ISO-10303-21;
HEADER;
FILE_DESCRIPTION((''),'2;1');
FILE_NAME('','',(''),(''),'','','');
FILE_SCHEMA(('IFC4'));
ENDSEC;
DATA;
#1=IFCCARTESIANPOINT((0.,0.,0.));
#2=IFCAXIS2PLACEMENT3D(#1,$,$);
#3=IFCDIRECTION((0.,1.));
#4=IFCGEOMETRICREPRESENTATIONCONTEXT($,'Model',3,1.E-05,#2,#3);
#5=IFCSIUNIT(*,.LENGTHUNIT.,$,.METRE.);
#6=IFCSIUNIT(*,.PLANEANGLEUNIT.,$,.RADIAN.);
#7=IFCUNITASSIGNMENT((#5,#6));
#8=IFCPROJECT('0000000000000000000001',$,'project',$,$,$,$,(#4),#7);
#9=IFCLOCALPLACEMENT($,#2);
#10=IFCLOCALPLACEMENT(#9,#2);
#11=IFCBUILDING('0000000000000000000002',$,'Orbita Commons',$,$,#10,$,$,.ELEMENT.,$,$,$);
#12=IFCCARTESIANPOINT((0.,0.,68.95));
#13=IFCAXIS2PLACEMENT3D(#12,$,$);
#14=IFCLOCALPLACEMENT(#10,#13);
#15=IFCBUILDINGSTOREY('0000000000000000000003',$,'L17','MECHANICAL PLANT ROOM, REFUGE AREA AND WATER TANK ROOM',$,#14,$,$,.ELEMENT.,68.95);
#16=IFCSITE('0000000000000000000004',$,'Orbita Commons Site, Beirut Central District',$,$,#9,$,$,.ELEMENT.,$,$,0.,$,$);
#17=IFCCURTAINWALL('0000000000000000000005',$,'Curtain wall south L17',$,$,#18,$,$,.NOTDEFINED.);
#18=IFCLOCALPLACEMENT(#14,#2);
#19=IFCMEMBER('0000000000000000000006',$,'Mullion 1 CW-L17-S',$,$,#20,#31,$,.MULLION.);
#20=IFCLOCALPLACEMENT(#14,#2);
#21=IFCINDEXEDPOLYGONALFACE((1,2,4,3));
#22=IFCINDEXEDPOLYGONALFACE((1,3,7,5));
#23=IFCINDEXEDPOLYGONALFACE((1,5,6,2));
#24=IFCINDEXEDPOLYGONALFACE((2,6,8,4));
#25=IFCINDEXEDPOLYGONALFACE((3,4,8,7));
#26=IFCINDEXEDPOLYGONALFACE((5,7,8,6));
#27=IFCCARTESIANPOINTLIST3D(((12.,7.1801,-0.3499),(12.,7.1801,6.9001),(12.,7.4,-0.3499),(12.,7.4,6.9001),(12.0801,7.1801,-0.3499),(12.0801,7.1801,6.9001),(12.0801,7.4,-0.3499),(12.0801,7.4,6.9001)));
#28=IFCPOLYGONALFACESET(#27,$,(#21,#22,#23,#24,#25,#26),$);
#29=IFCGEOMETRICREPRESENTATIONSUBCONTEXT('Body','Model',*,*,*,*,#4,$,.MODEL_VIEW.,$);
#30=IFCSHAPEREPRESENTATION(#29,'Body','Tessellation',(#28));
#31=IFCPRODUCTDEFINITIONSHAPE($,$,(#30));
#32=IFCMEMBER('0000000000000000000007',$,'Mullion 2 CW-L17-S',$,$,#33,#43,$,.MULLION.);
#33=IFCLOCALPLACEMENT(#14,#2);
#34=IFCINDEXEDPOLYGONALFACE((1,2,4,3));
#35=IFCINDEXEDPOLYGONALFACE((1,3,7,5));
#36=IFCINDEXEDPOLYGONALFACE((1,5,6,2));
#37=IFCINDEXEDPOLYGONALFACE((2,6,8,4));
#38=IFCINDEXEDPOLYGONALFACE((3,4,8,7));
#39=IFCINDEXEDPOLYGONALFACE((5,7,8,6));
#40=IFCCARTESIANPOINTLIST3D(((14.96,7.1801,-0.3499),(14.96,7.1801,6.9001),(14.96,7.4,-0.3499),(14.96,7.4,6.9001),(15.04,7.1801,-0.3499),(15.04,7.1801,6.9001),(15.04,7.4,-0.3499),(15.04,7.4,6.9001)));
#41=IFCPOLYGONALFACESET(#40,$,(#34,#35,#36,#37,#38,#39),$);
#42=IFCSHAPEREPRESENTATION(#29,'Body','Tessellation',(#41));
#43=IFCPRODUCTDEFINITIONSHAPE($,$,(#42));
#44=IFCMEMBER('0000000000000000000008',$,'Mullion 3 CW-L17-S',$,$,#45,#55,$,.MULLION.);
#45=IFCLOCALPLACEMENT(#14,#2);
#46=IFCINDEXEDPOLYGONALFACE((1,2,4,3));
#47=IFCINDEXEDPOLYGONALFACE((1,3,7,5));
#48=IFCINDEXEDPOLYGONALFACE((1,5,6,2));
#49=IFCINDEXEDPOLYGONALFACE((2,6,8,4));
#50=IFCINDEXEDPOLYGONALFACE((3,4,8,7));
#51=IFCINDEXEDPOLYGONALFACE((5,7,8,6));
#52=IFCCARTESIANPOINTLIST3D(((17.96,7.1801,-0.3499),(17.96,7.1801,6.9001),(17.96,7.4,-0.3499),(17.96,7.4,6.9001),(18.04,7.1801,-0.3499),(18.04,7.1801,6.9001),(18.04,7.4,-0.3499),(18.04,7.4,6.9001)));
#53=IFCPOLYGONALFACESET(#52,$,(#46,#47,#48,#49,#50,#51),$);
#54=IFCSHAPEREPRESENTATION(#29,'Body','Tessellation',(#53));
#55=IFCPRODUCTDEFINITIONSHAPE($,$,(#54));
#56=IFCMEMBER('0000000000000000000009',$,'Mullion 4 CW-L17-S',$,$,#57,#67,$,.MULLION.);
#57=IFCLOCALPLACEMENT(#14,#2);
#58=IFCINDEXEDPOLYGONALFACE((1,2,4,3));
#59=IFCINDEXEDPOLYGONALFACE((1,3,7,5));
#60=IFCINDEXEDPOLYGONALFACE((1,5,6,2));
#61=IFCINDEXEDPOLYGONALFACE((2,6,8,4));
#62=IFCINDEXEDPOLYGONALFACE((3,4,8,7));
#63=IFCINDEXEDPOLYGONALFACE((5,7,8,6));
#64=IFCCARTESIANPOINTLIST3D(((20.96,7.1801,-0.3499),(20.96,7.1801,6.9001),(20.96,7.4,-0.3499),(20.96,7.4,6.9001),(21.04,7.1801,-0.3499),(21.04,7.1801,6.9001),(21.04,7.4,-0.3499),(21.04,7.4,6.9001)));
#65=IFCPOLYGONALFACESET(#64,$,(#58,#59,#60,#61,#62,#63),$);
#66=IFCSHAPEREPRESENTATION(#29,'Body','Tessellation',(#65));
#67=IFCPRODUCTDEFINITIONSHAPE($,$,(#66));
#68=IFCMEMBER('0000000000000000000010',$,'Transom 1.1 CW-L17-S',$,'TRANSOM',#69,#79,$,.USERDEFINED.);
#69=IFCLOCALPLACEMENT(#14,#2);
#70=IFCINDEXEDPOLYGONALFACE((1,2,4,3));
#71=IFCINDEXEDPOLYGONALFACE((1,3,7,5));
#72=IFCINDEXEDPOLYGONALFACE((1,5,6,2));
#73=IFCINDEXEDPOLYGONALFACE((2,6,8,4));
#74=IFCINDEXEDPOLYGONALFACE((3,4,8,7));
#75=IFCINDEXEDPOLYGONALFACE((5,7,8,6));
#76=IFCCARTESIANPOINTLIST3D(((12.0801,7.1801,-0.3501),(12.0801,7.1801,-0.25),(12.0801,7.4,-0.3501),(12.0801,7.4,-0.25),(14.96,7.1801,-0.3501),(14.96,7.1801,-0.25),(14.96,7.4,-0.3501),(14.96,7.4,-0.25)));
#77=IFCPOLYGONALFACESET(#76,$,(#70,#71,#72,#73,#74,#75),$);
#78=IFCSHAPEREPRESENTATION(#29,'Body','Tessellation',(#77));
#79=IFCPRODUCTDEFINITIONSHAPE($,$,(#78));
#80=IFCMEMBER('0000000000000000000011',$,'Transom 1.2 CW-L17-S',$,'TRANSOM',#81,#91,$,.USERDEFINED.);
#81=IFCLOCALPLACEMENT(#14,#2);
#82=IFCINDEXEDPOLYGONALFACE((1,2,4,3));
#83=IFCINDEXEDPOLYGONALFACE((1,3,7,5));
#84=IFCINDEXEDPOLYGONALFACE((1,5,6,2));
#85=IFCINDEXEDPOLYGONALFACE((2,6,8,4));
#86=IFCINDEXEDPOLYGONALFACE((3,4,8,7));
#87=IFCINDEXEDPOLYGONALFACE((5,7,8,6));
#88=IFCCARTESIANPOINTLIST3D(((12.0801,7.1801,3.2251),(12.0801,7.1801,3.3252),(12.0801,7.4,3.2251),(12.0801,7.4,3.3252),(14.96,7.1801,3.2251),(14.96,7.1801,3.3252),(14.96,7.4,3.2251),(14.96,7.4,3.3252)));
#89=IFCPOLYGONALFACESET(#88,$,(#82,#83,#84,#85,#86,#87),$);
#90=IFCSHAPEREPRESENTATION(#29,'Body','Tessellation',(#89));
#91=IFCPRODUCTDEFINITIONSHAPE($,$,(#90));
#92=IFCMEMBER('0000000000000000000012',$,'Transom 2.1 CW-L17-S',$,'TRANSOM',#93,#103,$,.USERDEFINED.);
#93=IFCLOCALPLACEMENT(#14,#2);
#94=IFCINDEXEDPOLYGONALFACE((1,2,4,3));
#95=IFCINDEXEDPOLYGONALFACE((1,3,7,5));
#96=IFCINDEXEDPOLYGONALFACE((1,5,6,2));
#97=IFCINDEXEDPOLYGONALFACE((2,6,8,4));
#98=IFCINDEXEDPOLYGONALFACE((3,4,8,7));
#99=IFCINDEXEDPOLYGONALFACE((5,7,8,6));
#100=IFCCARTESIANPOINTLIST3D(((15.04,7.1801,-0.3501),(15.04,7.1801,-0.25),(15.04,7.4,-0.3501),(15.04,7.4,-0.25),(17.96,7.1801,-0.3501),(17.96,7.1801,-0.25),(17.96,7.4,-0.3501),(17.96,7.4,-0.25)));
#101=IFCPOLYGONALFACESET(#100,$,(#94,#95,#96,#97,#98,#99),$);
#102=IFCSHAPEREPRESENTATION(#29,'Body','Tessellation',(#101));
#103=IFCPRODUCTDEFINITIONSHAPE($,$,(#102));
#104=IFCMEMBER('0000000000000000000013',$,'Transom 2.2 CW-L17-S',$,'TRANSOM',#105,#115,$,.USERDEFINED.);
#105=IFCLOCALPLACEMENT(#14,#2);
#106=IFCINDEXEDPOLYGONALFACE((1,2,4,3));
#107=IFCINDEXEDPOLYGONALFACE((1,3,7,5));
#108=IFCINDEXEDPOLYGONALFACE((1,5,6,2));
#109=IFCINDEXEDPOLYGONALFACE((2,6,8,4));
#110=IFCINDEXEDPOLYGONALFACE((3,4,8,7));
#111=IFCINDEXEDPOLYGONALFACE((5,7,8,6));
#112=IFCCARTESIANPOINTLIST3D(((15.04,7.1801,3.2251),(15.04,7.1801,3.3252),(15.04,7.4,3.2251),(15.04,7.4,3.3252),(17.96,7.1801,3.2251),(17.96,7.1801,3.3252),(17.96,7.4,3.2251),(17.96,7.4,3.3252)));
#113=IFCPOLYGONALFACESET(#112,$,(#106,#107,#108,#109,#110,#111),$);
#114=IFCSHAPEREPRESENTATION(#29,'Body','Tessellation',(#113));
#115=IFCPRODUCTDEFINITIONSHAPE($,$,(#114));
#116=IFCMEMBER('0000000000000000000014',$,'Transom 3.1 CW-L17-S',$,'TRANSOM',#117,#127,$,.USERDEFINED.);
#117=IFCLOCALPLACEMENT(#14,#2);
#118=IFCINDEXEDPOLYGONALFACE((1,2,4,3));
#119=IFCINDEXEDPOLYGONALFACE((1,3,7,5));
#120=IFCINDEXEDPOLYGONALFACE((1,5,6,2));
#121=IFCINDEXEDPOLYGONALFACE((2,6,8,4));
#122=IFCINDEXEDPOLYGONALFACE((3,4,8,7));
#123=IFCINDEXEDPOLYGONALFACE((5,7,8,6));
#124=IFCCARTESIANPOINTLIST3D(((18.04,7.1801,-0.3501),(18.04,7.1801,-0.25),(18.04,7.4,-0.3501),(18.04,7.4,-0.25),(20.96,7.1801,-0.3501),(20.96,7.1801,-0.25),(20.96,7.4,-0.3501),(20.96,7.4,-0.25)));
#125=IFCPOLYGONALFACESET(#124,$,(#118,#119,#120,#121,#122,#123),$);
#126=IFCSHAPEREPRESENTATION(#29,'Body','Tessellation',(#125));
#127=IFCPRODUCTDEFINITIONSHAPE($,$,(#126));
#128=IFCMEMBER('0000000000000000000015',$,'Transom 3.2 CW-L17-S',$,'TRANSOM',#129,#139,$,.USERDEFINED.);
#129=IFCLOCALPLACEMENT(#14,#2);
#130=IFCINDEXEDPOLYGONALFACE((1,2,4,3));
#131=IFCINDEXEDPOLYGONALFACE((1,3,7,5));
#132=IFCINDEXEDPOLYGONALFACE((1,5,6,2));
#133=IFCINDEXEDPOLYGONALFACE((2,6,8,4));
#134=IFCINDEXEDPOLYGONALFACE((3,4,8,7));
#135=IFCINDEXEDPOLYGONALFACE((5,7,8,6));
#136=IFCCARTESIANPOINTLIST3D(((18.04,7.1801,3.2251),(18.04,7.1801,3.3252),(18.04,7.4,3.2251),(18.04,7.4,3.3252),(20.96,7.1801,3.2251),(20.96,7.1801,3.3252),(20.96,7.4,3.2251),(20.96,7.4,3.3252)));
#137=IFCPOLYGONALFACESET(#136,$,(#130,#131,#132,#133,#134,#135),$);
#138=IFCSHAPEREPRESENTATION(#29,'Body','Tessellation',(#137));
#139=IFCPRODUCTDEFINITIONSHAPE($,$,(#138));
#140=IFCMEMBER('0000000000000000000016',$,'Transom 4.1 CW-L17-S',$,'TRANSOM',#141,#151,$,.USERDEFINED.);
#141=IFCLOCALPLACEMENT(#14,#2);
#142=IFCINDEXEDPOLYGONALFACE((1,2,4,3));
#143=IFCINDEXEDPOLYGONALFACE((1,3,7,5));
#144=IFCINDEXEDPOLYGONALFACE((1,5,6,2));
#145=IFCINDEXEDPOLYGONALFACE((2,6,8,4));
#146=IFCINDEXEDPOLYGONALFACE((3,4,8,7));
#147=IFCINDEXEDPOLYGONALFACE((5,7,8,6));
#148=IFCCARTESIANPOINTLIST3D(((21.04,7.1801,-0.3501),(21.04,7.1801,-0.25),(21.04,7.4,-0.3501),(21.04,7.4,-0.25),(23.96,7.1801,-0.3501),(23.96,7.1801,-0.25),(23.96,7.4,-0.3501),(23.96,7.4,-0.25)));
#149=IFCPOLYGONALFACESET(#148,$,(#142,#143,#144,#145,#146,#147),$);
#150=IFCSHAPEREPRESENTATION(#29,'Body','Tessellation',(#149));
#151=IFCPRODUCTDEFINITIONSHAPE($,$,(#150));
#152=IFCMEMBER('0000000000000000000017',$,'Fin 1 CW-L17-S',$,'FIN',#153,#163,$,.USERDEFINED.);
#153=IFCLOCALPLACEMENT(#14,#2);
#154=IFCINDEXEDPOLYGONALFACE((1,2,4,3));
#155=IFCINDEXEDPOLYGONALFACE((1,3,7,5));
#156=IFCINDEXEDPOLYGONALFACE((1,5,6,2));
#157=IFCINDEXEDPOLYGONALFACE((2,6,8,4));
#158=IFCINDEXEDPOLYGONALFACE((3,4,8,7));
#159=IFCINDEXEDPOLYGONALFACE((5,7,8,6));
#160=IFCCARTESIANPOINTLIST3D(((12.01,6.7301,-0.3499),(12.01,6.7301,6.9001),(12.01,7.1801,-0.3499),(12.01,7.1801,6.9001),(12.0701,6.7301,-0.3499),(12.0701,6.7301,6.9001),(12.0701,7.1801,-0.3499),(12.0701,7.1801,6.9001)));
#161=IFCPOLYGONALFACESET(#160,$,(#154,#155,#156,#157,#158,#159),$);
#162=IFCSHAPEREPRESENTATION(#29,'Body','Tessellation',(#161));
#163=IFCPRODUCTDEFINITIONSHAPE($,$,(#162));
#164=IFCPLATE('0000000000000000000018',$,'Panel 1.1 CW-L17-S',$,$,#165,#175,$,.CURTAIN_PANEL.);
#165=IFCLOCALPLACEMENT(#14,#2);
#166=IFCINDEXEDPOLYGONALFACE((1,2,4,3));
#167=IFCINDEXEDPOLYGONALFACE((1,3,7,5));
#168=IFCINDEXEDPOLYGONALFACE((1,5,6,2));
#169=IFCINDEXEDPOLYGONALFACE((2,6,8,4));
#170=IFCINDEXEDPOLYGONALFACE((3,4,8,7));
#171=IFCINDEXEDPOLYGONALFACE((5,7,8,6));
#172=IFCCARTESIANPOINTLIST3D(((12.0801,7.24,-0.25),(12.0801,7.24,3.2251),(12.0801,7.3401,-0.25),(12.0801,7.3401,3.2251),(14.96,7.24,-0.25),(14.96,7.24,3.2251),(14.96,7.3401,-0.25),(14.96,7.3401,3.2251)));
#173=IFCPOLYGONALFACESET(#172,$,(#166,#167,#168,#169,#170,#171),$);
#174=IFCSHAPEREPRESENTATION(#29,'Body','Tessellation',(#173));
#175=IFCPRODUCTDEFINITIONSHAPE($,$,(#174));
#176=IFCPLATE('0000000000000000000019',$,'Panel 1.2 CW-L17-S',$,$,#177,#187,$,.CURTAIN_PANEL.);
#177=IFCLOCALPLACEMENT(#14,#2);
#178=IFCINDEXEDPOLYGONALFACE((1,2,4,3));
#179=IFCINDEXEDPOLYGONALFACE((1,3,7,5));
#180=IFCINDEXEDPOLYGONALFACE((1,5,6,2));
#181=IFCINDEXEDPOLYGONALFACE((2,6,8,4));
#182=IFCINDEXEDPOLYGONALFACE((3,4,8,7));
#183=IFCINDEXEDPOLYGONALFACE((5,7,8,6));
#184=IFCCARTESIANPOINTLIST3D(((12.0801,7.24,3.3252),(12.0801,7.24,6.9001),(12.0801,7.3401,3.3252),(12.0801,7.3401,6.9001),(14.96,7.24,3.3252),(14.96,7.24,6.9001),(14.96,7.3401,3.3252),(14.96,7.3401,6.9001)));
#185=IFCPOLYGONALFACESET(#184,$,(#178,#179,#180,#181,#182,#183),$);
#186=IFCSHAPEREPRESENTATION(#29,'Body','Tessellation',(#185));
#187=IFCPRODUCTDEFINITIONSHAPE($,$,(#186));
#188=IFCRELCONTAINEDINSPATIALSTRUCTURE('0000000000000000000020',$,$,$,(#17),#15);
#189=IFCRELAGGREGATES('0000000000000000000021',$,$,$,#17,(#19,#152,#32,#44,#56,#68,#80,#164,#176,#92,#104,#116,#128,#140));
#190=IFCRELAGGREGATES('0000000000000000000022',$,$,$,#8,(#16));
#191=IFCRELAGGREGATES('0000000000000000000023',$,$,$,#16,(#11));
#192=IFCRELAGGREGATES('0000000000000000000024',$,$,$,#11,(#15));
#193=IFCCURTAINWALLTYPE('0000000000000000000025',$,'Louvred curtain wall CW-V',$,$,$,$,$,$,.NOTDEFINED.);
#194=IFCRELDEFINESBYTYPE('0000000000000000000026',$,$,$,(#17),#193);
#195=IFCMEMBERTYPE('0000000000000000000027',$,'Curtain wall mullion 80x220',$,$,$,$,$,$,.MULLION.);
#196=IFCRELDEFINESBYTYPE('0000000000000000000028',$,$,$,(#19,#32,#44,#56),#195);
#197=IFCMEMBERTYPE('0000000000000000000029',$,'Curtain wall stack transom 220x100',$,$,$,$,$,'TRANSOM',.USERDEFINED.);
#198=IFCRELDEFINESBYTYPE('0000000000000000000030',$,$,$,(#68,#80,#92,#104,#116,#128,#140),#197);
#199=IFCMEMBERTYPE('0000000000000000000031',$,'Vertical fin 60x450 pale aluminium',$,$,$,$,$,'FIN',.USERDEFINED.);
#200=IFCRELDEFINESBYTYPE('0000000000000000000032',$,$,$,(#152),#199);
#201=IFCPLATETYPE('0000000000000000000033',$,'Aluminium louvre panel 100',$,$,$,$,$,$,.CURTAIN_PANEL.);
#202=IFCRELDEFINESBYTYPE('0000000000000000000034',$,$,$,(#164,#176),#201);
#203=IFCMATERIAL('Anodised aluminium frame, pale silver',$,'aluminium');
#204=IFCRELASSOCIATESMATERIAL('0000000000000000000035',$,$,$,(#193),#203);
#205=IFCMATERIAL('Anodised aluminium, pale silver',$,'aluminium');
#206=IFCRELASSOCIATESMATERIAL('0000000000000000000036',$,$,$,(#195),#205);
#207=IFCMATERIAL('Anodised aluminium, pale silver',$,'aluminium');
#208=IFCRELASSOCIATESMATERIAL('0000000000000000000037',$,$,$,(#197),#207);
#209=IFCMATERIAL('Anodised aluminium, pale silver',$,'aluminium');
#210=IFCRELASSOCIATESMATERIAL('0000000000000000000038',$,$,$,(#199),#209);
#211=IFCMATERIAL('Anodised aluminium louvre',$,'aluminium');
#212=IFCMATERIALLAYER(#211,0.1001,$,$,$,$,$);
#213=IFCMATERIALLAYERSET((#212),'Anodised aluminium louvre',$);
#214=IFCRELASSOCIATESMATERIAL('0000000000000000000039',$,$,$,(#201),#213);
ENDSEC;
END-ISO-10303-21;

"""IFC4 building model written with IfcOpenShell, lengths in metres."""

from ifc_helpers import new_model, si_unit, direction, frame, origin, origin_2d, place, context, subcontext, project, spatial, rectangle, extrude, material, layer, layer_set, material_profile, profile_set, type_object, element, aggregate, save


model = new_model("IFC4")

# Units and contexts
model_context = context("Model", 3, precision=1e-05, world=origin(), true_north=direction((0.0, 1.0)))
body_context = subcontext(model_context, "Body", "Model", "MODEL_VIEW")
ifc_project = project(units=[si_unit("LENGTHUNIT", "METRE"), si_unit("PLANEANGLEUNIT", "RADIAN")], contexts=[model_context])

# Site, building, storey
site_placement = place(None, origin())
site = spatial("IfcSite", under=ifc_project, at=site_placement, Name="Orbita Commons Site, Beirut Central District", CompositionType="ELEMENT", RefElevation=0.0)
building_placement = place(site_placement, origin())
building = spatial("IfcBuilding", under=site, at=building_placement, Name="Orbita Commons", CompositionType="ELEMENT")
storey_placement = place(building_placement, frame((0.0, 0.0, 68.95)))
storey = spatial("IfcBuildingStorey", under=building, at=storey_placement, Name="L17", Description="MECHANICAL PLANT ROOM, REFUGE AREA AND WATER TANK ROOM", CompositionType="ELEMENT", Elevation=68.95)

# Curtain wall, members, plates
ifc_material_1 = material(Name="Anodised aluminium frame, pale silver", Category="aluminium")
curtain_wall_type = type_object("IfcCurtainWallType", Name="Louvred curtain wall CW-V", PredefinedType="NOTDEFINED", material=ifc_material_1)
curtain_wall_placement = place(storey_placement, origin())
curtain_wall = element("IfcCurtainWall", 1, at=curtain_wall_placement, inside=storey, type_object=curtain_wall_type, Name="Curtain wall south L17", PredefinedType="NOTDEFINED")
ifc_material_2 = material(Name="Anodised aluminium, pale silver", Category="aluminium")
ifc_material_profile_1 = material_profile(ifc_material_2, rectangle(XDim=0.0801, YDim=0.22, at=origin_2d()), Name="AL 80x220")
ifc_profile_set_1 = profile_set([ifc_material_profile_1], Name="Anodised aluminium, pale silver")
member_type_1 = type_object("IfcMemberType", Name="Curtain wall mullion 80x220", PredefinedType="MULLION", material=ifc_profile_set_1)
member_1_placement = place(storey_placement, frame((12.04, 7.29, -0.3499), z_axis=(0.0, 0.0, 1.0), x_axis=(1.0, 0.0, 0.0)))
member_1 = element("IfcMember", 2, at=member_1_placement, type_object=member_type_1, Name="Mullion 1 CW-L17-S", PredefinedType="MULLION", context=body_context, shape_type="SweptSolid", body=[
    extrude(rectangle(XDim=0.0801, YDim=0.22, at=origin_2d()), origin(), (0.0, 0.0, 1.0), 7.25),
])
member_2_placement = place(storey_placement, frame((15.0, 7.29, -0.3499), z_axis=(0.0, 0.0, 1.0), x_axis=(1.0, 0.0, 0.0)))
member_2 = element("IfcMember", 3, at=member_2_placement, type_object=member_type_1, Name="Mullion 2 CW-L17-S", PredefinedType="MULLION", context=body_context, shape_type="SweptSolid", body=[
    extrude(rectangle(XDim=0.0801, YDim=0.22, at=origin_2d()), origin(), (0.0, 0.0, 1.0), 7.25),
])
member_3_placement = place(storey_placement, frame((18.0, 7.29, -0.3499), z_axis=(0.0, 0.0, 1.0), x_axis=(1.0, 0.0, 0.0)))
member_3 = element("IfcMember", 4, at=member_3_placement, type_object=member_type_1, Name="Mullion 3 CW-L17-S", PredefinedType="MULLION", context=body_context, shape_type="SweptSolid", body=[
    extrude(rectangle(XDim=0.0801, YDim=0.22, at=origin_2d()), origin(), (0.0, 0.0, 1.0), 7.25),
])
member_4_placement = place(storey_placement, frame((21.0, 7.29, -0.3499), z_axis=(0.0, 0.0, 1.0), x_axis=(1.0, 0.0, 0.0)))
member_4 = element("IfcMember", 5, at=member_4_placement, type_object=member_type_1, Name="Mullion 4 CW-L17-S", PredefinedType="MULLION", context=body_context, shape_type="SweptSolid", body=[
    extrude(rectangle(XDim=0.0801, YDim=0.22, at=origin_2d()), origin(), (0.0, 0.0, 1.0), 7.25),
])
ifc_material_3 = material(Name="Anodised aluminium, pale silver", Category="aluminium")
ifc_material_profile_2 = material_profile(ifc_material_3, rectangle(XDim=0.22, YDim=0.1001, at=origin_2d()), Name="AL 220x100")
ifc_profile_set_2 = profile_set([ifc_material_profile_2], Name="Anodised aluminium, pale silver")
member_type_2 = type_object("IfcMemberType", Name="Curtain wall stack transom 220x100", ElementType="TRANSOM", PredefinedType="USERDEFINED", material=ifc_profile_set_2)
member_5_placement = place(storey_placement, frame((12.0801, 7.29, -0.3), z_axis=(1.0, 0.0, 0.0), x_axis=(0.0, 1.0, 0.0)))
member_5 = element("IfcMember", 6, at=member_5_placement, type_object=member_type_2, Name="Transom 1.1 CW-L17-S", ObjectType="TRANSOM", PredefinedType="USERDEFINED", context=body_context, shape_type="SweptSolid", body=[
    extrude(rectangle(XDim=0.22, YDim=0.1001, at=origin_2d()), origin(), (0.0, 0.0, 1.0), 2.8799),
])
member_6_placement = place(storey_placement, frame((12.0801, 7.29, 3.2751), z_axis=(1.0, 0.0, 0.0), x_axis=(0.0, 1.0, 0.0)))
member_6 = element("IfcMember", 7, at=member_6_placement, type_object=member_type_2, Name="Transom 1.2 CW-L17-S", ObjectType="TRANSOM", PredefinedType="USERDEFINED", context=body_context, shape_type="SweptSolid", body=[
    extrude(rectangle(XDim=0.22, YDim=0.1001, at=origin_2d()), origin(), (0.0, 0.0, 1.0), 2.8799),
])
member_7_placement = place(storey_placement, frame((15.04, 7.29, -0.3), z_axis=(1.0, 0.0, 0.0), x_axis=(0.0, 1.0, 0.0)))
member_7 = element("IfcMember", 8, at=member_7_placement, type_object=member_type_2, Name="Transom 2.1 CW-L17-S", ObjectType="TRANSOM", PredefinedType="USERDEFINED", context=body_context, shape_type="SweptSolid", body=[
    extrude(rectangle(XDim=0.22, YDim=0.1001, at=origin_2d()), origin(), (0.0, 0.0, 1.0), 2.9199),
])
member_8_placement = place(storey_placement, frame((15.04, 7.29, 3.2751), z_axis=(1.0, 0.0, 0.0), x_axis=(0.0, 1.0, 0.0)))
member_8 = element("IfcMember", 9, at=member_8_placement, type_object=member_type_2, Name="Transom 2.2 CW-L17-S", ObjectType="TRANSOM", PredefinedType="USERDEFINED", context=body_context, shape_type="SweptSolid", body=[
    extrude(rectangle(XDim=0.22, YDim=0.1001, at=origin_2d()), origin(), (0.0, 0.0, 1.0), 2.9199),
])
member_9_placement = place(storey_placement, frame((18.04, 7.29, -0.3), z_axis=(1.0, 0.0, 0.0), x_axis=(0.0, 1.0, 0.0)))
member_9 = element("IfcMember", 10, at=member_9_placement, type_object=member_type_2, Name="Transom 3.1 CW-L17-S", ObjectType="TRANSOM", PredefinedType="USERDEFINED", context=body_context, shape_type="SweptSolid", body=[
    extrude(rectangle(XDim=0.22, YDim=0.1001, at=origin_2d()), origin(), (0.0, 0.0, 1.0), 2.9199),
])
member_10_placement = place(storey_placement, frame((18.04, 7.29, 3.2751), z_axis=(1.0, 0.0, 0.0), x_axis=(0.0, 1.0, 0.0)))
member_10 = element("IfcMember", 11, at=member_10_placement, type_object=member_type_2, Name="Transom 3.2 CW-L17-S", ObjectType="TRANSOM", PredefinedType="USERDEFINED", context=body_context, shape_type="SweptSolid", body=[
    extrude(rectangle(XDim=0.22, YDim=0.1001, at=origin_2d()), origin(), (0.0, 0.0, 1.0), 2.9199),
])
member_11_placement = place(storey_placement, frame((21.04, 7.29, -0.3), z_axis=(1.0, 0.0, 0.0), x_axis=(0.0, 1.0, 0.0)))
member_11 = element("IfcMember", 12, at=member_11_placement, type_object=member_type_2, Name="Transom 4.1 CW-L17-S", ObjectType="TRANSOM", PredefinedType="USERDEFINED", context=body_context, shape_type="SweptSolid", body=[
    extrude(rectangle(XDim=0.22, YDim=0.1001, at=origin_2d()), origin(), (0.0, 0.0, 1.0), 2.9199),
])
ifc_material_4 = material(Name="Anodised aluminium, pale silver", Category="aluminium")
ifc_material_profile_3 = material_profile(ifc_material_4, rectangle(XDim=0.0601, YDim=0.45, at=origin_2d()), Name="FIN 60x450")
ifc_profile_set_3 = profile_set([ifc_material_profile_3], Name="Anodised aluminium, pale silver")
member_type_3 = type_object("IfcMemberType", Name="Vertical fin 60x450 pale aluminium", ElementType="FIN", PredefinedType="USERDEFINED", material=ifc_profile_set_3)
member_12_placement = place(storey_placement, frame((12.04, 6.9551, -0.3499), z_axis=(0.0, 0.0, 1.0), x_axis=(1.0, 0.0, 0.0)))
member_12 = element("IfcMember", 13, at=member_12_placement, type_object=member_type_3, Name="Fin 1 CW-L17-S", ObjectType="FIN", PredefinedType="USERDEFINED", context=body_context, shape_type="SweptSolid", body=[
    extrude(rectangle(XDim=0.0601, YDim=0.45, at=origin_2d()), origin(), (0.0, 0.0, 1.0), 7.25),
])
ifc_material_5 = material(Name="Anodised aluminium louvre", Category="aluminium")
ifc_layer_1 = layer(ifc_material_5, 0.1001)
ifc_layer_set_1 = layer_set([ifc_layer_1], Name="Anodised aluminium louvre")
plate_type = type_object("IfcPlateType", Name="Aluminium louvre panel 100", PredefinedType="CURTAIN_PANEL", material=ifc_layer_set_1)
plate_1_placement = place(storey_placement, frame((13.52, 7.29, -0.25), z_axis=(0.0, 0.0, 1.0), x_axis=(1.0, 0.0, 0.0)))
plate_1 = element("IfcPlate", 14, at=plate_1_placement, type_object=plate_type, Name="Panel 1.1 CW-L17-S", PredefinedType="CURTAIN_PANEL", context=body_context, shape_type="SweptSolid", body=[
    extrude(rectangle(XDim=2.8799, YDim=0.1001, at=origin_2d()), origin(), (0.0, 0.0, 1.0), 3.4751),
])
plate_2_placement = place(storey_placement, frame((13.52, 7.29, 3.3252), z_axis=(0.0, 0.0, 1.0), x_axis=(1.0, 0.0, 0.0)))
plate_2 = element("IfcPlate", 15, at=plate_2_placement, type_object=plate_type, Name="Panel 1.2 CW-L17-S", PredefinedType="CURTAIN_PANEL", context=body_context, shape_type="SweptSolid", body=[
    extrude(rectangle(XDim=2.8799, YDim=0.1001, at=origin_2d()), origin(), (0.0, 0.0, 1.0), 3.575),
])
aggregate(curtain_wall, [member_1, member_12, member_2, member_3, member_4, member_5, member_6, plate_1, plate_2, member_7, member_8, member_9, member_10, member_11])

save(model, "model.ifc")
